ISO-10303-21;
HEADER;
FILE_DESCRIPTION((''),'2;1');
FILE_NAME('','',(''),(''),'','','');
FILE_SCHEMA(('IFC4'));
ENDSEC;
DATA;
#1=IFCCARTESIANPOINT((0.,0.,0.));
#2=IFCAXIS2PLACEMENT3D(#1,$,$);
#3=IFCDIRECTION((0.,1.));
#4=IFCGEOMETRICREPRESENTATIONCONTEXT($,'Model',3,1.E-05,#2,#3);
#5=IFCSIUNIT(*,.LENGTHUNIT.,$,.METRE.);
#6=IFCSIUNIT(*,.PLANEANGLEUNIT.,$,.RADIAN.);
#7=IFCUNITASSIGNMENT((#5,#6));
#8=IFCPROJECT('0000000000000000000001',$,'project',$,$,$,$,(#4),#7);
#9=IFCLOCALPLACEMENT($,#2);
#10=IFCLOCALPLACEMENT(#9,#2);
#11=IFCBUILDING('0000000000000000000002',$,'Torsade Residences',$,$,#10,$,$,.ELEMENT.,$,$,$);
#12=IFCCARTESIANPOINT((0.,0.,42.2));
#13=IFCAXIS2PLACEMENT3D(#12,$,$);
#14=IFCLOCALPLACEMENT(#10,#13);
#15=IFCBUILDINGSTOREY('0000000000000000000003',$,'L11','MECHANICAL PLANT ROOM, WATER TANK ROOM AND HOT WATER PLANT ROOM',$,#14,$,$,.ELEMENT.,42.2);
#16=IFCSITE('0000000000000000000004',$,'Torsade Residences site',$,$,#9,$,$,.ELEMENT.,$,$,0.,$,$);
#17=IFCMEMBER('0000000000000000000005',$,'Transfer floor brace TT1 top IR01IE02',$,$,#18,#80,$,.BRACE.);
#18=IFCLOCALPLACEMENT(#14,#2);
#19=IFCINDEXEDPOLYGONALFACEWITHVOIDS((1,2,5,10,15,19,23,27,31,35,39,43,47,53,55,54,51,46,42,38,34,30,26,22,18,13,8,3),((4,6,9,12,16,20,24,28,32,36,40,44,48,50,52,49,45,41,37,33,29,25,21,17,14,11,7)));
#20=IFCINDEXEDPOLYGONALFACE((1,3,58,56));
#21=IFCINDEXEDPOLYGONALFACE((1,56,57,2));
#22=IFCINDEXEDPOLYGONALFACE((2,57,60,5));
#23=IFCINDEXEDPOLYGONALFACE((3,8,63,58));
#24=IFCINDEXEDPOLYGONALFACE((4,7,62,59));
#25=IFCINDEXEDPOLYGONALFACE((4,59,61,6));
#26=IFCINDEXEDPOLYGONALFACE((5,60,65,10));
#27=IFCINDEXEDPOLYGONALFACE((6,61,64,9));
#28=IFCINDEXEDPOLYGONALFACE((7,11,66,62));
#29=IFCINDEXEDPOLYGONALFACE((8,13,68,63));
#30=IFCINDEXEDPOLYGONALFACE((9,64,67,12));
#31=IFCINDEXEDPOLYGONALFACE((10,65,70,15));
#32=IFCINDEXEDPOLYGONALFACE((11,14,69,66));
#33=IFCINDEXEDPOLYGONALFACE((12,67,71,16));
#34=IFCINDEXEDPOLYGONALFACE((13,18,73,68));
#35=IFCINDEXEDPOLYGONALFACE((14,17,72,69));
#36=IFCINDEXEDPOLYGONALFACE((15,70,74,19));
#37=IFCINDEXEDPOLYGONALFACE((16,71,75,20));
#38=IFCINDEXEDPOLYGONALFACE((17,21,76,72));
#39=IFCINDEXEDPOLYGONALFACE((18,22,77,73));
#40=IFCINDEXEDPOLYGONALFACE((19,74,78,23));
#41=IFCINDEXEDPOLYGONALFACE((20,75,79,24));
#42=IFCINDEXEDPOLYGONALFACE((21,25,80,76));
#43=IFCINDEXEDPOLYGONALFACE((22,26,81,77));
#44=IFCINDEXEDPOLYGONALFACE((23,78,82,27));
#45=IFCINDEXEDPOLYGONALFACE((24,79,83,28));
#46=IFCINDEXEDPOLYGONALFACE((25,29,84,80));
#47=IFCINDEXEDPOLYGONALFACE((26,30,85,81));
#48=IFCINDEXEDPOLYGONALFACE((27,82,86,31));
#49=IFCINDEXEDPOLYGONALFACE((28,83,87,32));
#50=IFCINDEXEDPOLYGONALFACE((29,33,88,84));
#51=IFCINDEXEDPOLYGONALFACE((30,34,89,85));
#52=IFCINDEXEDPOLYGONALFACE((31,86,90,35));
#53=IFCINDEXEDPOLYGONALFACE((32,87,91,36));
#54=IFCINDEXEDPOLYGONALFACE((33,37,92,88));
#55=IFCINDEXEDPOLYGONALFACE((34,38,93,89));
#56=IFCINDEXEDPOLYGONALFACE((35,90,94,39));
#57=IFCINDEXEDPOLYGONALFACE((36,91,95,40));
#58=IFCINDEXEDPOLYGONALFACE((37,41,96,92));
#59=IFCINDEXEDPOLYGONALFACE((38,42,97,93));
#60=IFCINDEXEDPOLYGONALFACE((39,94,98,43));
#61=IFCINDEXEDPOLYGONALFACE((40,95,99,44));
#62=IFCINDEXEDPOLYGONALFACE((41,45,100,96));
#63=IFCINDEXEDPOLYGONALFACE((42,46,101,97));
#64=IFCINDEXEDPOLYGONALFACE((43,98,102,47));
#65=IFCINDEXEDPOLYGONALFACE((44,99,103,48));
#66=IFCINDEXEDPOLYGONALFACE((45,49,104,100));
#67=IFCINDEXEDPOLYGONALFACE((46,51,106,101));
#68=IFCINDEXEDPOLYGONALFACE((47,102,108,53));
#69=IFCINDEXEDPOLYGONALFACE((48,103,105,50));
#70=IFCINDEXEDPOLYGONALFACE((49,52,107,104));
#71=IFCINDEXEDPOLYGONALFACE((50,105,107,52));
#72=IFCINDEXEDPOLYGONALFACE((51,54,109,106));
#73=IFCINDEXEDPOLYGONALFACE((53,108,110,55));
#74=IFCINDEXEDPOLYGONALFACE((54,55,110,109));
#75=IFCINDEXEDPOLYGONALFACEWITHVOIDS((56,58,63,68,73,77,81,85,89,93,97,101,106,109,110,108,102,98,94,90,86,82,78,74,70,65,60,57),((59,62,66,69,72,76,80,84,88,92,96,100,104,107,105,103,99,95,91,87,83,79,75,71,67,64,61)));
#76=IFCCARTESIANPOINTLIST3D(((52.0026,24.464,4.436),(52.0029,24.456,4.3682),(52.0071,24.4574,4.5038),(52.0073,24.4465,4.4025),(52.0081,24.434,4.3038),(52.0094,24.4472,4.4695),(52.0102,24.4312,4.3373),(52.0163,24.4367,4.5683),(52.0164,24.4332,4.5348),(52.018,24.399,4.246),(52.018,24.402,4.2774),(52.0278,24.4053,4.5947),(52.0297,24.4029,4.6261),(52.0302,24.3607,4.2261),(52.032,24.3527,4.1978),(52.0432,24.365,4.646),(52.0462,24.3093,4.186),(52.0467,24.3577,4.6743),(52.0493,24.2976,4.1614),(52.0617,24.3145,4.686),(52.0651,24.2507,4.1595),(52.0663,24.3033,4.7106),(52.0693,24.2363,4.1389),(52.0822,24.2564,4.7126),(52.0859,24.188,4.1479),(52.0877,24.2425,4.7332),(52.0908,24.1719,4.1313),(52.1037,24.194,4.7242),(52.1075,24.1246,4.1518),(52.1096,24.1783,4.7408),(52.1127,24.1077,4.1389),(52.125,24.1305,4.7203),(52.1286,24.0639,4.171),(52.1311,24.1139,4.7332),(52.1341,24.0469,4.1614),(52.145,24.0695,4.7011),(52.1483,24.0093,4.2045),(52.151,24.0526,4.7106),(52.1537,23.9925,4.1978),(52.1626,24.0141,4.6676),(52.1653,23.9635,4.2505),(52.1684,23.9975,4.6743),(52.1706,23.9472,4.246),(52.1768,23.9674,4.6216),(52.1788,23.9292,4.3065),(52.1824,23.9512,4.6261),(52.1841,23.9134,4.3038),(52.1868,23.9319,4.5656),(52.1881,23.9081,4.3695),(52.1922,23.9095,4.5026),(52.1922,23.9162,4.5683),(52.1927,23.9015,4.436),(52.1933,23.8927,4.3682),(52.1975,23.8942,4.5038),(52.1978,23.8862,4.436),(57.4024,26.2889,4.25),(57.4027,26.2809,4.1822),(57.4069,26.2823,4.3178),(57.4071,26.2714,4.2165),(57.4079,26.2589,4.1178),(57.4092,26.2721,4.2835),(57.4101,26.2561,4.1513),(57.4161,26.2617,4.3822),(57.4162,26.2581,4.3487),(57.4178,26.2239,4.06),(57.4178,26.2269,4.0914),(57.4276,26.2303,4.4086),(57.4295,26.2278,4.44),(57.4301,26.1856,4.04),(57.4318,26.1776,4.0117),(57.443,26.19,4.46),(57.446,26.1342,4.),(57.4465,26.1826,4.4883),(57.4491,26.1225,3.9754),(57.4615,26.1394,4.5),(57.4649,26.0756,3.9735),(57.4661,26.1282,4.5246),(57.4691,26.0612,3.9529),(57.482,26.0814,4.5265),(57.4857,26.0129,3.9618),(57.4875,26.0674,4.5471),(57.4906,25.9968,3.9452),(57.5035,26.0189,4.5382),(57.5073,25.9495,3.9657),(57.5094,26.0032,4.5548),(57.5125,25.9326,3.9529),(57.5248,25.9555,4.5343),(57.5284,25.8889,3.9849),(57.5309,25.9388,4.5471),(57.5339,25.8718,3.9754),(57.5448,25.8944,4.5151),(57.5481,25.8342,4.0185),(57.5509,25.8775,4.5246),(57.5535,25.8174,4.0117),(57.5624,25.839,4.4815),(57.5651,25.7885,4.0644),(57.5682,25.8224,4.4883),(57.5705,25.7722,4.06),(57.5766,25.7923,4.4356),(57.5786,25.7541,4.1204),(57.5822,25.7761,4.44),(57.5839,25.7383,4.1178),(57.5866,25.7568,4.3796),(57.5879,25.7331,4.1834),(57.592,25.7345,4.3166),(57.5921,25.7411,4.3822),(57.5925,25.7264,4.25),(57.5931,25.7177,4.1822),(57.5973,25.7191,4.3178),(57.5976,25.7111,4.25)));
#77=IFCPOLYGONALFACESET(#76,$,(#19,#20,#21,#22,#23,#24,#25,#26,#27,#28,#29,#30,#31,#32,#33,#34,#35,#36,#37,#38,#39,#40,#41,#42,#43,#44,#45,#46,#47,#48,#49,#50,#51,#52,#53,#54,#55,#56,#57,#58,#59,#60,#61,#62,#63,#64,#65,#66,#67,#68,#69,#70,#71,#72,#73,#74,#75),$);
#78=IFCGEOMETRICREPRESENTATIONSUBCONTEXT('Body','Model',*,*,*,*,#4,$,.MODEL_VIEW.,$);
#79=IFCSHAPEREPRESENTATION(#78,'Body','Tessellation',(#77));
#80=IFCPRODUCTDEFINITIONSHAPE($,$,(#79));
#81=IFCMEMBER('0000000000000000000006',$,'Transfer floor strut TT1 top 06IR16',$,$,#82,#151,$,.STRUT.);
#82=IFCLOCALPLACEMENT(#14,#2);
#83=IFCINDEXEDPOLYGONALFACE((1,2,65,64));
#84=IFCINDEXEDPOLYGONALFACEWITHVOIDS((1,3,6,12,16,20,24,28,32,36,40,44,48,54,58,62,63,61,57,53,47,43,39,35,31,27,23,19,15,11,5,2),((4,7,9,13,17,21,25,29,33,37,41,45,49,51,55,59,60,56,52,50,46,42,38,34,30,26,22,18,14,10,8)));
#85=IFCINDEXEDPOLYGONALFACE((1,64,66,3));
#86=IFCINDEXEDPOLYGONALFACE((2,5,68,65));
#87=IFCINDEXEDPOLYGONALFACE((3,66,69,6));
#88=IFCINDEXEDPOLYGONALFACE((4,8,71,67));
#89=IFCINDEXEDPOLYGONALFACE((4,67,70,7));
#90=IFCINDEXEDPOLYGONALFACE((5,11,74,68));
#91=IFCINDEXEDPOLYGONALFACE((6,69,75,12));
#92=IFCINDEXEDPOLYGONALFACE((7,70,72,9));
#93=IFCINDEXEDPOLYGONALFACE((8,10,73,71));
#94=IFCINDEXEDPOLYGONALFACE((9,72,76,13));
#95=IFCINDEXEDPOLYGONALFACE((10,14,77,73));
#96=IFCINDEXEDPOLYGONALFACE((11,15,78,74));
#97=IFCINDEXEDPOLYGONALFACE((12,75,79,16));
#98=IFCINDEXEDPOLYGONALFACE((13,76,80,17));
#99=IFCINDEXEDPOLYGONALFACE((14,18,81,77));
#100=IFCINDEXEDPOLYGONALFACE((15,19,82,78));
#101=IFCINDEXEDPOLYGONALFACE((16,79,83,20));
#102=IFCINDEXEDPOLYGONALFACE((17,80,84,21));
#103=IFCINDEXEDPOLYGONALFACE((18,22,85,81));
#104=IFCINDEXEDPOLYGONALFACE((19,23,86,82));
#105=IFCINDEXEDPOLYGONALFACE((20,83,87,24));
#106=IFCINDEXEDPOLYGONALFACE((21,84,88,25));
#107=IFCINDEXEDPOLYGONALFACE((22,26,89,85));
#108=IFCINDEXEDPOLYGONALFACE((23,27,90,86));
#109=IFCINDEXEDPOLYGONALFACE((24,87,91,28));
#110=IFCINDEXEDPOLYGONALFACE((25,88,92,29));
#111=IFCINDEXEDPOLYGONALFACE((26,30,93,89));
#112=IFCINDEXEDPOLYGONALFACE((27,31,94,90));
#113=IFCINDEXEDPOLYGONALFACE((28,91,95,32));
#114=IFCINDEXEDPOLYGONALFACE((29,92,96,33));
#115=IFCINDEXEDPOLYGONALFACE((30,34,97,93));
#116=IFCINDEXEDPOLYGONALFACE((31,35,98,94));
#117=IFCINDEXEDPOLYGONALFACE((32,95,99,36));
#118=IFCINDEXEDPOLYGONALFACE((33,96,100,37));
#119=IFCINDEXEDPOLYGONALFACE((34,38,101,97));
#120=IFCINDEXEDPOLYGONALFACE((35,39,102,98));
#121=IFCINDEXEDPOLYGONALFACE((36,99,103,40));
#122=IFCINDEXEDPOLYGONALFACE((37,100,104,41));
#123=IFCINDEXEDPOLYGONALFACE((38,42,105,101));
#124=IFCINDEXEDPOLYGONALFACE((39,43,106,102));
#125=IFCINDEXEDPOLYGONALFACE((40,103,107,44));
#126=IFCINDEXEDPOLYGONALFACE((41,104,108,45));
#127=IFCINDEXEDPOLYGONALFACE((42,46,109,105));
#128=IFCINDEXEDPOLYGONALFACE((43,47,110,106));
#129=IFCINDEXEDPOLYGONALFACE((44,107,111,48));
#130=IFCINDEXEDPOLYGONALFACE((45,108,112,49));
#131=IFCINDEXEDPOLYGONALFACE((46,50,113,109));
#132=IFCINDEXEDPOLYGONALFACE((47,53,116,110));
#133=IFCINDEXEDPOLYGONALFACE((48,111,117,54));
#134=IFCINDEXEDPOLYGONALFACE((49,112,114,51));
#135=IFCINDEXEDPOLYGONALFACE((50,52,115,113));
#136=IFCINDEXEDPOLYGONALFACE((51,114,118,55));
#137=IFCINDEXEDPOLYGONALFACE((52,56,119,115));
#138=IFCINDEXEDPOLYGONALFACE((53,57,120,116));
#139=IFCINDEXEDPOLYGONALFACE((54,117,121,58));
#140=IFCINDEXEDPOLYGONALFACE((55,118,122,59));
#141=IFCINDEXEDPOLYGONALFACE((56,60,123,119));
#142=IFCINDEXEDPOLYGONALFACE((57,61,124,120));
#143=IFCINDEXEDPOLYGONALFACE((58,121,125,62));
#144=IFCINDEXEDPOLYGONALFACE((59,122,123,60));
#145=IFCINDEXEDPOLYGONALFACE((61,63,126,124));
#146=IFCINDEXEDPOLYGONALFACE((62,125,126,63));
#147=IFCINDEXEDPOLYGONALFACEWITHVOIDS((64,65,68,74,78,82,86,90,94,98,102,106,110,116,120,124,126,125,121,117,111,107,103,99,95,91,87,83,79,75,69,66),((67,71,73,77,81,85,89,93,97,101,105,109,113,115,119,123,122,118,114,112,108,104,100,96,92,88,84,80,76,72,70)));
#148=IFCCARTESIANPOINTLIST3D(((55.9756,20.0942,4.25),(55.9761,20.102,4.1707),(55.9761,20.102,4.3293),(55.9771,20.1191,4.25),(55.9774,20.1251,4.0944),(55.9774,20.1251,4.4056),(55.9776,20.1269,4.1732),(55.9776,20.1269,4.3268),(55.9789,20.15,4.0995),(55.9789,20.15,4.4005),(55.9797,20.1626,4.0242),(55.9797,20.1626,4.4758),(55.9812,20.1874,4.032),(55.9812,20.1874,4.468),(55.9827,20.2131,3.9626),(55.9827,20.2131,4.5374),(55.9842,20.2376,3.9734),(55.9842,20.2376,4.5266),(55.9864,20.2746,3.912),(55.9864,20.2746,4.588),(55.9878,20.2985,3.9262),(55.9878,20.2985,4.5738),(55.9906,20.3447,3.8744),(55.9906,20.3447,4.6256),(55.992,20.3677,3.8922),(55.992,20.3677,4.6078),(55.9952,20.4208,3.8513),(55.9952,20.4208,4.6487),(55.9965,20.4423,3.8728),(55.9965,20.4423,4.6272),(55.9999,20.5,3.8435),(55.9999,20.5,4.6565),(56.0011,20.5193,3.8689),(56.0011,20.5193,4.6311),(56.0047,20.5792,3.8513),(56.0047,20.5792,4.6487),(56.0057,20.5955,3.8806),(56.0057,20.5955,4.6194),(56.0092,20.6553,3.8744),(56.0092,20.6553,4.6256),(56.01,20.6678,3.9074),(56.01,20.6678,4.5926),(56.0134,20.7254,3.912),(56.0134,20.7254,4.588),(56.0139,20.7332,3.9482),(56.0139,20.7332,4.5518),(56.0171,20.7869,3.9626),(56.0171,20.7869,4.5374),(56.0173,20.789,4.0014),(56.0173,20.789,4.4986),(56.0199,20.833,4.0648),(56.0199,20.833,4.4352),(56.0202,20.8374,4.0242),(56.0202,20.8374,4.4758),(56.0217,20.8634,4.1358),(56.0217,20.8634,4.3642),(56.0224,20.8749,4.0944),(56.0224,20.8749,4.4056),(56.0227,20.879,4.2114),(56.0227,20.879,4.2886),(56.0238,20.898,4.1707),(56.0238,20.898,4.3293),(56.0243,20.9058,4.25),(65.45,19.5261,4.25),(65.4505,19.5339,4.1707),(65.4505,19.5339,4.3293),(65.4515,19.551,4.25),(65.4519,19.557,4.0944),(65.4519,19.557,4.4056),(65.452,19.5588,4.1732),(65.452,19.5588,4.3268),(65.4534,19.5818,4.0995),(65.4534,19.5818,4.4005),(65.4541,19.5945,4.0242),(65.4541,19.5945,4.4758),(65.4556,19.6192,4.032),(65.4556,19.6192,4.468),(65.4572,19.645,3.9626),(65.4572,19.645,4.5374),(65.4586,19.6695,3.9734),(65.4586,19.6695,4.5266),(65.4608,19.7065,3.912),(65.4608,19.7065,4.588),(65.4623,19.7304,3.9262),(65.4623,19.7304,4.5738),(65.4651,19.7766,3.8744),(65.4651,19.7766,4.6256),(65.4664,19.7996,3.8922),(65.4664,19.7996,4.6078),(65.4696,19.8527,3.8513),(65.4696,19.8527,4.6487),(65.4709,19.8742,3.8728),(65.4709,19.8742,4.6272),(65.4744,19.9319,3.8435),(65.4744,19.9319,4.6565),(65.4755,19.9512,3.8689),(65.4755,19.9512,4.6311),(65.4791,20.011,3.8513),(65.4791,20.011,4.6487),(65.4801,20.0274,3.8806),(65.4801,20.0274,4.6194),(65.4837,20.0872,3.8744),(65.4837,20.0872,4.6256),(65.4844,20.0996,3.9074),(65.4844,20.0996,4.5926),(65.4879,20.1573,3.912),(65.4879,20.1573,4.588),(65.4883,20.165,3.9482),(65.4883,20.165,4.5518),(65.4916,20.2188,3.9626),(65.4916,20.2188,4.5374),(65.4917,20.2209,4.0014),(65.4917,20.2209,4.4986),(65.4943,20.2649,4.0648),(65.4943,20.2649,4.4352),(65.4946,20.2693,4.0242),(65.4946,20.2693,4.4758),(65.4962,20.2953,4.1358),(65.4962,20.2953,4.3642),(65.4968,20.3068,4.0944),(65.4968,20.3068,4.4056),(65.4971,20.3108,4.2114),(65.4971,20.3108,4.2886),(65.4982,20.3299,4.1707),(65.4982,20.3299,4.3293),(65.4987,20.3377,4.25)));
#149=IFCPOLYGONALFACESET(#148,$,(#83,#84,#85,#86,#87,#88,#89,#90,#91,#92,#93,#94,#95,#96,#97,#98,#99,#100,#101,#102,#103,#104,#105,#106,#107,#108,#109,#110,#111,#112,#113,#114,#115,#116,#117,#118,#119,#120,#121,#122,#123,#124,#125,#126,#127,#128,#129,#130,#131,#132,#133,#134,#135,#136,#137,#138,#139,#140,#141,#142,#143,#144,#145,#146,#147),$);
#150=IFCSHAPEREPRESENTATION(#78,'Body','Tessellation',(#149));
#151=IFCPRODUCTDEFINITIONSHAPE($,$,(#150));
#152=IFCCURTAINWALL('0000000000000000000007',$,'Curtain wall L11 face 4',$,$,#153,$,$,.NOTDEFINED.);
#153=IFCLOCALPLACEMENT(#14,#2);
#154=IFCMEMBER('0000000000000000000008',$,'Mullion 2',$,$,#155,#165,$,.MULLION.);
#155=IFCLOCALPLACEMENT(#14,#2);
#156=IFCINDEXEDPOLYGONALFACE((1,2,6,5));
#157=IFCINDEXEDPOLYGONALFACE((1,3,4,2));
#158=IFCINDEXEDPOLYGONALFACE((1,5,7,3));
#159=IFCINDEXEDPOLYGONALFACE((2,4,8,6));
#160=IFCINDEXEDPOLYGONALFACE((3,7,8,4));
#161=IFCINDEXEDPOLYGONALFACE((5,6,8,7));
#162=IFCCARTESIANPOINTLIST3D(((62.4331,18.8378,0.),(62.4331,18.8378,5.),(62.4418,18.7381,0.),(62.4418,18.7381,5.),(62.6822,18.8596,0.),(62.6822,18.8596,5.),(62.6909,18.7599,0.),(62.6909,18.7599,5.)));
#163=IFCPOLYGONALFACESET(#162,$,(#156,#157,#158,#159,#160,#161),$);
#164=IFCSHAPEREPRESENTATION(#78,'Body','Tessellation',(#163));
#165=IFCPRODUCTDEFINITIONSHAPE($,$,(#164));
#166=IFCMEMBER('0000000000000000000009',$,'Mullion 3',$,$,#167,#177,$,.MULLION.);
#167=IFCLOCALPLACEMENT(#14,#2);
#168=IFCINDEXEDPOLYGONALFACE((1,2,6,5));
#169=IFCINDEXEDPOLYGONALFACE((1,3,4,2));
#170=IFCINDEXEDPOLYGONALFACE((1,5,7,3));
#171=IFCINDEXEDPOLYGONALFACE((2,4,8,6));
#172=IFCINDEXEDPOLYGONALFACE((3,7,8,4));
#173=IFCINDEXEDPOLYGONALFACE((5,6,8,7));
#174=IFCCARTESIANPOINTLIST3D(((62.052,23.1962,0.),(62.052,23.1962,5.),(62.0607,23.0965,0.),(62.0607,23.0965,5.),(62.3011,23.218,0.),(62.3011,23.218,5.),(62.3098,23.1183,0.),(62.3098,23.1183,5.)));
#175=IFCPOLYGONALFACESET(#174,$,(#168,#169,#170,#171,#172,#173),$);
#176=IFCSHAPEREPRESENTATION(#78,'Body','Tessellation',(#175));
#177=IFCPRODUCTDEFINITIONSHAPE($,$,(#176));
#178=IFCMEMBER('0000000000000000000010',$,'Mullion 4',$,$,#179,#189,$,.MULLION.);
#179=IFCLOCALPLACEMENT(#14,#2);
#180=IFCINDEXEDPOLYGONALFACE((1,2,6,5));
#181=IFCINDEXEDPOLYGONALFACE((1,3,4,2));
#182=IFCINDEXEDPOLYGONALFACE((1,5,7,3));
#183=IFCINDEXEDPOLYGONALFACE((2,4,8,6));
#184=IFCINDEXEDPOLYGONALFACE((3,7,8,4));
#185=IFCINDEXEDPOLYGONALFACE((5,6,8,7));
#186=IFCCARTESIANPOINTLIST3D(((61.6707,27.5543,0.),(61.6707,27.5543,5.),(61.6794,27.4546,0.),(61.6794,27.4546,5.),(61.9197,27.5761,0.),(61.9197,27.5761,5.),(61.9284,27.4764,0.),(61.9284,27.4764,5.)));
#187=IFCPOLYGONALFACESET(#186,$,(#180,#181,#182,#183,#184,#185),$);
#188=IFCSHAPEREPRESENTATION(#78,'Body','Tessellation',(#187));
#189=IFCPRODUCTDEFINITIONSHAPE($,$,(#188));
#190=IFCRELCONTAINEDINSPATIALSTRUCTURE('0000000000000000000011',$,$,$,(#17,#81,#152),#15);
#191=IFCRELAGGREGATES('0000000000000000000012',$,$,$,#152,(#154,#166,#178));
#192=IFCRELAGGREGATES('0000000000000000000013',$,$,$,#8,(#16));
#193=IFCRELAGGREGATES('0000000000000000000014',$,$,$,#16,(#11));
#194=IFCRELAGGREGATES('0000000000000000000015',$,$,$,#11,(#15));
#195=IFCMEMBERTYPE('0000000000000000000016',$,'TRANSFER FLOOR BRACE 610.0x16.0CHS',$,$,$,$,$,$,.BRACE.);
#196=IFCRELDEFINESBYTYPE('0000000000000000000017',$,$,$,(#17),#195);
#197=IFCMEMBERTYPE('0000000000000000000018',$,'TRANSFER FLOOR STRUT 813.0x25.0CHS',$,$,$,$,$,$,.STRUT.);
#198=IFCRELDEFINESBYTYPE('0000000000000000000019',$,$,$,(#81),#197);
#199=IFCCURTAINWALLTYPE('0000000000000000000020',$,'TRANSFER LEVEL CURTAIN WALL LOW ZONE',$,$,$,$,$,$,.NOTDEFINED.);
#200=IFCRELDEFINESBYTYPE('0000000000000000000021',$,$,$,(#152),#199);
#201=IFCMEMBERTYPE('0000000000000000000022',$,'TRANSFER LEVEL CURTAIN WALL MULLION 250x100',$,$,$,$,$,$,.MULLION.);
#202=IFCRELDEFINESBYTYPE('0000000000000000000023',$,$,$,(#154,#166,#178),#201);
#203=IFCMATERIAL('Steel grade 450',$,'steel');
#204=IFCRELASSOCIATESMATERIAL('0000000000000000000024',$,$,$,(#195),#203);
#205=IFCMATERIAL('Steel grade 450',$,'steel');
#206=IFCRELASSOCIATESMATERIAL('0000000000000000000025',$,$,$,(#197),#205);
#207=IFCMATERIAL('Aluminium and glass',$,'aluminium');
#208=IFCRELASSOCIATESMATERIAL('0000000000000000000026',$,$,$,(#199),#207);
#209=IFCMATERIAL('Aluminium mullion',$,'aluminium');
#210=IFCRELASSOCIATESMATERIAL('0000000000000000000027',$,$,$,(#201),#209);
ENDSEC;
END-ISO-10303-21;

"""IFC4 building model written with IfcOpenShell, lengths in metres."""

from ifc_helpers import new_model, si_unit, direction, frame, origin, origin_2d, place, context, subcontext, project, spatial, rectangle, hollow_circle, extrude, material, material_profile, profile_set, type_object, element, aggregate, save


model = new_model("IFC4")

# Units and contexts
model_context = context("Model", 3, precision=1e-05, world=origin(), true_north=direction((0.0, 1.0)))
body_context = subcontext(model_context, "Body", "Model", "MODEL_VIEW")
ifc_project = project(units=[si_unit("LENGTHUNIT", "METRE"), si_unit("PLANEANGLEUNIT", "RADIAN")], contexts=[model_context])

# Site, building, storey
site_placement = place(None, origin())
site = spatial("IfcSite", under=ifc_project, at=site_placement, Name="Torsade Residences site", CompositionType="ELEMENT", RefElevation=0.0)
building_placement = place(site_placement, origin())
building = spatial("IfcBuilding", under=site, at=building_placement, Name="Torsade Residences", CompositionType="ELEMENT")
storey_placement = place(building_placement, frame((0.0, 0.0, 42.2)))
storey = spatial("IfcBuildingStorey", under=building, at=storey_placement, Name="L11", Description="MECHANICAL PLANT ROOM, WATER TANK ROOM AND HOT WATER PLANT ROOM", CompositionType="ELEMENT", Elevation=42.2)

# Members
ifc_material_1 = material(Name="Steel grade 450", Category="steel")
ifc_material_profile_1 = material_profile(ifc_material_1, hollow_circle(Radius=0.3049, WallThickness=0.0161, at=origin_2d()), Name="610.0x16.0CHS")
ifc_profile_set_1 = profile_set([ifc_material_profile_1], Name="Steel grade 450")
member_type_1 = type_object("IfcMemberType", Name="TRANSFER FLOOR BRACE 610.0x16.0CHS", PredefinedType="BRACE", material=ifc_profile_set_1)
member_1_placement = place(storey_placement, frame((57.5, 26.0, 4.25), z_axis=(-0.946856, -0.319999, 0.032621), x_axis=(0.32017, -0.94736, 0.0)))
element("IfcMember", 1, at=member_1_placement, inside=storey, type_object=member_type_1, Name="Transfer floor brace TT1 top IR01IE02", PredefinedType="BRACE", context=body_context, shape_type="SweptSolid", body=[
    extrude(hollow_circle(Radius=0.3049, WallThickness=0.0161, at=origin_2d()), origin(), (0.0, 0.0, 1.0), 5.7029),
])
ifc_material_2 = material(Name="Steel grade 450", Category="steel")
ifc_material_profile_2 = material_profile(ifc_material_2, hollow_circle(Radius=0.4065, WallThickness=0.0249, at=origin_2d()), Name="813.0x25.0CHS")
ifc_profile_set_2 = profile_set([ifc_material_profile_2], Name="Steel grade 450")
member_type_2 = type_object("IfcMemberType", Name="TRANSFER FLOOR STRUT 813.0x25.0CHS", PredefinedType="STRUT", material=ifc_profile_set_2)
member_2_placement = place(storey_placement, frame((65.4744, 19.9319, 4.25), z_axis=(-0.998207, 0.059856, 0.0), x_axis=(-0.059856, -0.998207, 0.0)))
element("IfcMember", 2, at=member_2_placement, inside=storey, type_object=member_type_2, Name="Transfer floor strut TT1 top 06IR16", PredefinedType="STRUT", context=body_context, shape_type="SweptSolid", body=[
    extrude(hollow_circle(Radius=0.4065, WallThickness=0.0249, at=origin_2d()), origin(), (0.0, 0.0, 1.0), 9.4915),
])

# Curtain wall, members
ifc_material_3 = material(Name="Aluminium and glass", Category="aluminium")
curtain_wall_type = type_object("IfcCurtainWallType", Name="TRANSFER LEVEL CURTAIN WALL LOW ZONE", PredefinedType="NOTDEFINED", material=ifc_material_3)
curtain_wall_placement = place(storey_placement, origin())
curtain_wall = element("IfcCurtainWall", 3, at=curtain_wall_placement, inside=storey, type_object=curtain_wall_type, Name="Curtain wall L11 face 4", PredefinedType="NOTDEFINED")
ifc_material_4 = material(Name="Aluminium mullion", Category="aluminium")
ifc_material_profile_3 = material_profile(ifc_material_4, rectangle(XDim=0.25, YDim=0.1001, at=origin_2d()), Name="TRANSFER LEVEL CURTAIN WALL MULLION 250x100")
ifc_profile_set_3 = profile_set([ifc_material_profile_3], Name="Aluminium mullion")
member_type_3 = type_object("IfcMemberType", Name="TRANSFER LEVEL CURTAIN WALL MULLION 250x100", PredefinedType="MULLION", material=ifc_profile_set_3)
member_3_placement = place(storey_placement, frame((62.562, 18.7988, 0.0), z_axis=(0.0, 0.0, 1.0), x_axis=(-0.996195, -0.087156, 0.0)))
member_3 = element("IfcMember", 4, at=member_3_placement, type_object=member_type_3, Name="Mullion 2", PredefinedType="MULLION", context=body_context, shape_type="SweptSolid", body=[
    extrude(rectangle(XDim=0.25, YDim=0.1001, at=origin_2d()), origin(), (0.0, 0.0, 1.0), 5.0),
])
member_4_placement = place(storey_placement, frame((62.1809, 23.1572, 0.0), z_axis=(0.0, 0.0, 1.0), x_axis=(-0.996195, -0.087156, 0.0)))
member_4 = element("IfcMember", 5, at=member_4_placement, type_object=member_type_3, Name="Mullion 3", PredefinedType="MULLION", context=body_context, shape_type="SweptSolid", body=[
    extrude(rectangle(XDim=0.25, YDim=0.1001, at=origin_2d()), origin(), (0.0, 0.0, 1.0), 5.0),
])
member_5_placement = place(storey_placement, frame((61.7996, 27.5154, 0.0), z_axis=(0.0, 0.0, 1.0), x_axis=(-0.996195, -0.087156, 0.0)))
member_5 = element("IfcMember", 6, at=member_5_placement, type_object=member_type_3, Name="Mullion 4", PredefinedType="MULLION", context=body_context, shape_type="SweptSolid", body=[
    extrude(rectangle(XDim=0.25, YDim=0.1001, at=origin_2d()), origin(), (0.0, 0.0, 1.0), 5.0),
])

aggregate(curtain_wall, [member_3, member_4, member_5])

save(model, "model.ifc")
